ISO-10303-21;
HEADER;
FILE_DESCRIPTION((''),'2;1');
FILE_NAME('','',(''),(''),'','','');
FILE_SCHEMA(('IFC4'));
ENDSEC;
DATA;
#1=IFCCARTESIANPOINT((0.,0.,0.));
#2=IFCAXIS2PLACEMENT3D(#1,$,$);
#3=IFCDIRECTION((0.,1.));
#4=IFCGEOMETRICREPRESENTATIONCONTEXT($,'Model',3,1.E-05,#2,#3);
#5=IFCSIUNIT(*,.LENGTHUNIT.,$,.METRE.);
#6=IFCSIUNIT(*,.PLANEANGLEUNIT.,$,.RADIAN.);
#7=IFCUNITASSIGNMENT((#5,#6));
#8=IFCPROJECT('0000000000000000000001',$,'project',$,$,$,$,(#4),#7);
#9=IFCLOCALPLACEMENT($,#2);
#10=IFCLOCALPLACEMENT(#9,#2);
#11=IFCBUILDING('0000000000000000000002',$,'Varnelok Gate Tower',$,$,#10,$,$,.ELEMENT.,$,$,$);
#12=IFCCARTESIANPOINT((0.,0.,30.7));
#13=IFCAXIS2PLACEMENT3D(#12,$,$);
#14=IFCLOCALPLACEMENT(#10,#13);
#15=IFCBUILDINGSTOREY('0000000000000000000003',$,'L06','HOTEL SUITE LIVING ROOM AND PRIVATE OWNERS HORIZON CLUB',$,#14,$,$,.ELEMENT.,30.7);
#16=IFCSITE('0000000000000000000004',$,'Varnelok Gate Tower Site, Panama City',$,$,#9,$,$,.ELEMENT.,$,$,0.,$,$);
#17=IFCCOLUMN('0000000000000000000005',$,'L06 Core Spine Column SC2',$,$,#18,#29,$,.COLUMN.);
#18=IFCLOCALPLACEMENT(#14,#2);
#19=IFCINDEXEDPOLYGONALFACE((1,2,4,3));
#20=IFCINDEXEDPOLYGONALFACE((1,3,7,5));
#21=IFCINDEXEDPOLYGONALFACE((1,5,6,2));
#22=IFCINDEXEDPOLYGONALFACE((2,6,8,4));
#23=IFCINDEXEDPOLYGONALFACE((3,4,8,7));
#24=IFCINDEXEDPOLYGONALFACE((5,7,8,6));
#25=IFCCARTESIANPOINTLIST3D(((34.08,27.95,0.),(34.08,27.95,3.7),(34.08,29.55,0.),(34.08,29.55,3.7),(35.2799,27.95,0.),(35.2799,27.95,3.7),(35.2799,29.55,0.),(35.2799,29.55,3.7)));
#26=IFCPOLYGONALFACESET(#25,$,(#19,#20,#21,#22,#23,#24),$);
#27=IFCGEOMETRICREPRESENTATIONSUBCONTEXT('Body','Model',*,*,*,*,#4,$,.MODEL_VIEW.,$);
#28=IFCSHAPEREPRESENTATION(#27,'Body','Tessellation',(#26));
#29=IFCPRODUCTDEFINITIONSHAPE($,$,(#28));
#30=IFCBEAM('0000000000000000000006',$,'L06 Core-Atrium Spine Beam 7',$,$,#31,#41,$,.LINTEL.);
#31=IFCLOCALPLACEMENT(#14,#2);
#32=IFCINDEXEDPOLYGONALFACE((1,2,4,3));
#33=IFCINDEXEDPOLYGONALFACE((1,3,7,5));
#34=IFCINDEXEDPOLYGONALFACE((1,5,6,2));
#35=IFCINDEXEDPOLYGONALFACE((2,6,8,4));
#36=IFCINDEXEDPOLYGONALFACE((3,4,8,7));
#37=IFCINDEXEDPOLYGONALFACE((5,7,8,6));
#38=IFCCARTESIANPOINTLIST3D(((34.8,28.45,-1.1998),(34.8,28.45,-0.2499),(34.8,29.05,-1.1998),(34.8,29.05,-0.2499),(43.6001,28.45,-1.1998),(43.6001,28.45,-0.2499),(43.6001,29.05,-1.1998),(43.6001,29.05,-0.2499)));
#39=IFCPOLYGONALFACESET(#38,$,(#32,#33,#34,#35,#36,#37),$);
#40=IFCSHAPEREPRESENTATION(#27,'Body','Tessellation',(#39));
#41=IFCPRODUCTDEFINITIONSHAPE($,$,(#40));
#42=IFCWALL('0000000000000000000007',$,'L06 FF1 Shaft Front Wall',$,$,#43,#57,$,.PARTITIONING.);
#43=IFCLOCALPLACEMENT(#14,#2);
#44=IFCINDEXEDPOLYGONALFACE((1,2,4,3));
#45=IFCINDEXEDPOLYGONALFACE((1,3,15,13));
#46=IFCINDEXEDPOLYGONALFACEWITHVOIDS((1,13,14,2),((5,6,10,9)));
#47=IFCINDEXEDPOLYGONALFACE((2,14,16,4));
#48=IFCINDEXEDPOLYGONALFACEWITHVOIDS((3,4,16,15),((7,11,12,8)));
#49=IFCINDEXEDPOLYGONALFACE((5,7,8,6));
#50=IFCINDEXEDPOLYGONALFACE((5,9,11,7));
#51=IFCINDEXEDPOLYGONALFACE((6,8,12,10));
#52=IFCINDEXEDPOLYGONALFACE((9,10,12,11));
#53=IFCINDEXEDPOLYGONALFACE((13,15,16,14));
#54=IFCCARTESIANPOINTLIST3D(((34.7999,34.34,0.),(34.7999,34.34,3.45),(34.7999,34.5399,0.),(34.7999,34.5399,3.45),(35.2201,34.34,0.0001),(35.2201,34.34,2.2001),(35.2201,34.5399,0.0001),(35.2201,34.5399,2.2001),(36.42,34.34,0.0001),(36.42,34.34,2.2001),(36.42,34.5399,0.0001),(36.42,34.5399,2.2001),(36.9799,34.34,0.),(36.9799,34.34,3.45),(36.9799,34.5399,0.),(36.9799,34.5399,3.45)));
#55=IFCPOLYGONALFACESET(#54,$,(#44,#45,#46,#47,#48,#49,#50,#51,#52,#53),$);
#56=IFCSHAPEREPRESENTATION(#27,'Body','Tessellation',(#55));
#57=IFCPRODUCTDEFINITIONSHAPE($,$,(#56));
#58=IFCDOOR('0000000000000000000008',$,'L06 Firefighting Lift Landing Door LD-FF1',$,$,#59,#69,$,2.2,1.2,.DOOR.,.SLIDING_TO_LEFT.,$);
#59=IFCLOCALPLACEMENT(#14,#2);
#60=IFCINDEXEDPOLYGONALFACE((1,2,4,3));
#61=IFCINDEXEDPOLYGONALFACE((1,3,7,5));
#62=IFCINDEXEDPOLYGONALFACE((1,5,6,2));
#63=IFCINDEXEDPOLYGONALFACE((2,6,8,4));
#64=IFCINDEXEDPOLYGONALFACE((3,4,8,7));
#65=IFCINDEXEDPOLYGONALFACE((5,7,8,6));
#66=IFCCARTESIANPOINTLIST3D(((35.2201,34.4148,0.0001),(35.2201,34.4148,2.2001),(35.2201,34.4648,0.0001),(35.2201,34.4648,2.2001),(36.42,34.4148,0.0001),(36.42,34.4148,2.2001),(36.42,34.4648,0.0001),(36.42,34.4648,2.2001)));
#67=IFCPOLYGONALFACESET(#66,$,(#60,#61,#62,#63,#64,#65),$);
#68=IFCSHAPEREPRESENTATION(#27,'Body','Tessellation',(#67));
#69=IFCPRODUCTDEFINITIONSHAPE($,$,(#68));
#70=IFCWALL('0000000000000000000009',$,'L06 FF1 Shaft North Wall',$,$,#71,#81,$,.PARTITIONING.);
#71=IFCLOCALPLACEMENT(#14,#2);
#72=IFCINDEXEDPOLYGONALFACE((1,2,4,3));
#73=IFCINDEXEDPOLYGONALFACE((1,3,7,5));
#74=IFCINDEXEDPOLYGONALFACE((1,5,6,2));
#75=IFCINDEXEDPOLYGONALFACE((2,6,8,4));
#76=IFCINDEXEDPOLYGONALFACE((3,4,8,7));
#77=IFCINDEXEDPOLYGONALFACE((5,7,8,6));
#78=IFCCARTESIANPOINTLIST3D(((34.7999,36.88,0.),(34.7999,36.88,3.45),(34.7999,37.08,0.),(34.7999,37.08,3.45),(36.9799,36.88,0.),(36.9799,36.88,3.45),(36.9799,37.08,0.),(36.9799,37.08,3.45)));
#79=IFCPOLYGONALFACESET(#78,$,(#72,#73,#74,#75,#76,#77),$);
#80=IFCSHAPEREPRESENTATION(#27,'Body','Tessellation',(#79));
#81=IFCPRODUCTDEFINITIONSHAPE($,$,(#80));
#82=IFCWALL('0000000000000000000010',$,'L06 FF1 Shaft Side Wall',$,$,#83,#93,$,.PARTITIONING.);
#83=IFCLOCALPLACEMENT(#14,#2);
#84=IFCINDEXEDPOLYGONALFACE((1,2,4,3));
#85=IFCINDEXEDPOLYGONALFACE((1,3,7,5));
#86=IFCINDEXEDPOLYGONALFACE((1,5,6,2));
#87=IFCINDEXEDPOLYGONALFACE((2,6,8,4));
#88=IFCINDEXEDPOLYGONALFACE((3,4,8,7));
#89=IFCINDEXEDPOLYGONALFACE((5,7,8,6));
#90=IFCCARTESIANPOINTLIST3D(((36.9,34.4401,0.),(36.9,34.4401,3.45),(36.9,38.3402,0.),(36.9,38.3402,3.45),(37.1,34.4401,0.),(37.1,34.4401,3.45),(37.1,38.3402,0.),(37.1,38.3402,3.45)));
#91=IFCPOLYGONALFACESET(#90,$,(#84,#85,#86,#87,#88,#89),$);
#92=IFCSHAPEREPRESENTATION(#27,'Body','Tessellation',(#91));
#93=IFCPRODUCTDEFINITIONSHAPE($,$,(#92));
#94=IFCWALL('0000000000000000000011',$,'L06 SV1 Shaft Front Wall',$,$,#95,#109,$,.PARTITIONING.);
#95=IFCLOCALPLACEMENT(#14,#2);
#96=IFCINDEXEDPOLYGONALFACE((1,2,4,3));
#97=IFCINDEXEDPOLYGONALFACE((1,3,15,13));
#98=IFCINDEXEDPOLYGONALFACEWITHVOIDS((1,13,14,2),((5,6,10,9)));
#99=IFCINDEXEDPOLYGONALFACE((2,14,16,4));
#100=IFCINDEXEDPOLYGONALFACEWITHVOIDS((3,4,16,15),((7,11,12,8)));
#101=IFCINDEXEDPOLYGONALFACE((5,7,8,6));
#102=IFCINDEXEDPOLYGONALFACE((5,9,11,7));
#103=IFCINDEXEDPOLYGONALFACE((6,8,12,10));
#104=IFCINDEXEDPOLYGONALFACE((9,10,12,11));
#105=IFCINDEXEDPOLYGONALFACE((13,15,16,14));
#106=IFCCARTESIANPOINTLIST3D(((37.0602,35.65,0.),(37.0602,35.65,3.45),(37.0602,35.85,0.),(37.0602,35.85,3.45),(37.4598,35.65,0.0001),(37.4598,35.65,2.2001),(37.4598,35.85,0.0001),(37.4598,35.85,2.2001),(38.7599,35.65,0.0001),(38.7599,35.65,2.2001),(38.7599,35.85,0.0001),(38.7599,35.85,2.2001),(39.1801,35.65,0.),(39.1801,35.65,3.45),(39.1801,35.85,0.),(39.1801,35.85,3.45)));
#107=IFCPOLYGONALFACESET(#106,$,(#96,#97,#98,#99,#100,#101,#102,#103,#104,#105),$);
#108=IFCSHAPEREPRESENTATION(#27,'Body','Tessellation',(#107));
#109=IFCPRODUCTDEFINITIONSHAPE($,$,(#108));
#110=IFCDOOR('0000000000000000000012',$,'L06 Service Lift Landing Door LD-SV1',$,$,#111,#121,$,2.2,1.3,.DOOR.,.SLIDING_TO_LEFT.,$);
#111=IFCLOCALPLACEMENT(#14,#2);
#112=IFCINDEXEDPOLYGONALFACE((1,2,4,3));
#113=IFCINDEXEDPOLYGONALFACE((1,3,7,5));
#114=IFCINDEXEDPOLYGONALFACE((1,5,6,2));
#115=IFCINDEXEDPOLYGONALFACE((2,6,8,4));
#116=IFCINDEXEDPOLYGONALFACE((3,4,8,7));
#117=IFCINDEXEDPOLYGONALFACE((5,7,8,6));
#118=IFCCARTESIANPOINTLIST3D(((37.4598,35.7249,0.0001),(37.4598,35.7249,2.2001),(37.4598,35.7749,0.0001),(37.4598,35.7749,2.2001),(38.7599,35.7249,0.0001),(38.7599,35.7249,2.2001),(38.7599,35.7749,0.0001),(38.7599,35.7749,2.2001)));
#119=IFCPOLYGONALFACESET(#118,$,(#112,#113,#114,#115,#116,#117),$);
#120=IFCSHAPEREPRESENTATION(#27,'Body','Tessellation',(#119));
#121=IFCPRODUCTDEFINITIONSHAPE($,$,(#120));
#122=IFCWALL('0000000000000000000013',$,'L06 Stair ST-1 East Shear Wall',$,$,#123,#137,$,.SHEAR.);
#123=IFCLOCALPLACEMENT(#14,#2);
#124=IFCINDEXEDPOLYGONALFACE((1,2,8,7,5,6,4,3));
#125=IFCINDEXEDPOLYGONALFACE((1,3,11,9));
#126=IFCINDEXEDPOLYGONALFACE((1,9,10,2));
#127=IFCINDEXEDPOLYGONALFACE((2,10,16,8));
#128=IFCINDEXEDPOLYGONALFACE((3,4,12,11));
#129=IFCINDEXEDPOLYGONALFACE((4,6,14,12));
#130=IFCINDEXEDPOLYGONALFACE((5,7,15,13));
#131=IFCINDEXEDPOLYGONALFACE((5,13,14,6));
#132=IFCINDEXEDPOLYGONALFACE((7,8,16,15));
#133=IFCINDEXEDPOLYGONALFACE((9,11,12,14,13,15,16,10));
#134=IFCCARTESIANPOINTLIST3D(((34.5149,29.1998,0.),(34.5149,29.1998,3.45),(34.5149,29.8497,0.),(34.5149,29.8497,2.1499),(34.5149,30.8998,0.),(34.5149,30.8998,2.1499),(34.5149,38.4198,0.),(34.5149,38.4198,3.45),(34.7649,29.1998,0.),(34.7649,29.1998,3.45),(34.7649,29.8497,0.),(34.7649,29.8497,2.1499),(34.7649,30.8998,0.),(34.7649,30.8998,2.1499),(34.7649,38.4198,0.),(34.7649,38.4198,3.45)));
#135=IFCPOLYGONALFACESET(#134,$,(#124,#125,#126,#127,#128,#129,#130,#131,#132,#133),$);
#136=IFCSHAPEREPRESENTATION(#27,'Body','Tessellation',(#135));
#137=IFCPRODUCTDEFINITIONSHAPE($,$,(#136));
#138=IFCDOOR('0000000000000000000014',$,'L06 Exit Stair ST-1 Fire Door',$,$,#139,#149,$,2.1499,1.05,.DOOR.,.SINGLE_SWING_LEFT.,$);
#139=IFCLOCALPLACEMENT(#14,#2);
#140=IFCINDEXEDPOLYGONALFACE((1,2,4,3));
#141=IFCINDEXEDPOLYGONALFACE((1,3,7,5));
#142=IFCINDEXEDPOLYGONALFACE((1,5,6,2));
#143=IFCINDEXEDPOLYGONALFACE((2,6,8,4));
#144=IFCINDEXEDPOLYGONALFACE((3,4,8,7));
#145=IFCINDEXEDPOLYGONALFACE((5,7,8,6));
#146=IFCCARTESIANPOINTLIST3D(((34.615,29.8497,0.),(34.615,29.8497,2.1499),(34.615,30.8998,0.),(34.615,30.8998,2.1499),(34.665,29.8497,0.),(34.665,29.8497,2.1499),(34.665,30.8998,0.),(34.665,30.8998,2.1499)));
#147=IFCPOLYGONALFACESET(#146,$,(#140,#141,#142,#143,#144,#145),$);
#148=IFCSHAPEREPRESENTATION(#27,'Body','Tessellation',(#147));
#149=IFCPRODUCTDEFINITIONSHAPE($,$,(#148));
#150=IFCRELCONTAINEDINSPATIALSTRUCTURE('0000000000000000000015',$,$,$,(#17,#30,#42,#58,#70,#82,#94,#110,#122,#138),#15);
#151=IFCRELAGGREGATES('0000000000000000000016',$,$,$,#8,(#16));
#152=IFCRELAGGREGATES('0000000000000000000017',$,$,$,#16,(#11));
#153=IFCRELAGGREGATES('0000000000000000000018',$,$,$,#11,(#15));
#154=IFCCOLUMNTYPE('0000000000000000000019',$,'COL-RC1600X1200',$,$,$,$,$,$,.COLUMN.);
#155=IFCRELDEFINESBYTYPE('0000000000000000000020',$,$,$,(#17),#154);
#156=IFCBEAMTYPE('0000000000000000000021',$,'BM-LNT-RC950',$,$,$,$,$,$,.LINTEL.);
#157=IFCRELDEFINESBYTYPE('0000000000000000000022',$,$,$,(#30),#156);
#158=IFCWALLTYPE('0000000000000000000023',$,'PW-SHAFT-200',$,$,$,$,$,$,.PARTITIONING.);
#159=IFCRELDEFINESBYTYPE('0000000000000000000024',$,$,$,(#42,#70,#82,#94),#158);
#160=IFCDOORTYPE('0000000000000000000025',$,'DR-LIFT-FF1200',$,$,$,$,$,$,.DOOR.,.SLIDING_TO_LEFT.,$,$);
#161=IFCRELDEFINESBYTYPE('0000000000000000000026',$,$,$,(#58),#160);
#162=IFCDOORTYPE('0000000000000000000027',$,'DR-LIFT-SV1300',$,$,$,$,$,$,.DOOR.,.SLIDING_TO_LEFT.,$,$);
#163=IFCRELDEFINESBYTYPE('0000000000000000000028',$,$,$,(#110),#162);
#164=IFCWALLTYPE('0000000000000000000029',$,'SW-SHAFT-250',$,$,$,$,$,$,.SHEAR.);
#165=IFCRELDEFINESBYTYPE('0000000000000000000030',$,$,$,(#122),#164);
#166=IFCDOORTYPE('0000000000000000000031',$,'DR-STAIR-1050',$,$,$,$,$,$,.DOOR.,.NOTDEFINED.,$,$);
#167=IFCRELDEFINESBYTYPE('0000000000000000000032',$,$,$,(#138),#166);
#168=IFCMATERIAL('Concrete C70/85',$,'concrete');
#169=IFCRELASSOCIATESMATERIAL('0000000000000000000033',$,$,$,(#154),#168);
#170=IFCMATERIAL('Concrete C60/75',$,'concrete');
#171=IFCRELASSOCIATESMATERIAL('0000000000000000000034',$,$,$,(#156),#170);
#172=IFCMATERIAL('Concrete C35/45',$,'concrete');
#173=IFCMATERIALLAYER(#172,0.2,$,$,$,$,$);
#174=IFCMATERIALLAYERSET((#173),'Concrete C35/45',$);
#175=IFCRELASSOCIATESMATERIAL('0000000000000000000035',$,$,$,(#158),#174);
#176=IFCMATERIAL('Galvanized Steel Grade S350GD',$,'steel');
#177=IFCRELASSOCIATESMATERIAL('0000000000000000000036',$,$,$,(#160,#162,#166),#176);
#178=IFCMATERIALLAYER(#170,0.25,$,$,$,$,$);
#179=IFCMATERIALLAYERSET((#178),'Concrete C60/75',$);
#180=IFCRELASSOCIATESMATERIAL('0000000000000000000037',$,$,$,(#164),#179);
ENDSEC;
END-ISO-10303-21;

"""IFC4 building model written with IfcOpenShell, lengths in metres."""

from ifc_helpers import new_model, si_unit, direction, frame, frame_2d, origin, origin_2d, place, context, subcontext, project, spatial, rectangle, extrude, material, layer, layer_set, material_profile, profile_set, type_object, element, fill, save


model = new_model("IFC4")

# Units and contexts
model_context = context("Model", 3, precision=1e-05, world=origin(), true_north=direction((0.0, 1.0)))
body_context = subcontext(model_context, "Body", "Model", "MODEL_VIEW")
ifc_project = project(units=[si_unit("LENGTHUNIT", "METRE"), si_unit("PLANEANGLEUNIT", "RADIAN")], contexts=[model_context])

# Site, building, storey
site_placement = place(None, origin())
site = spatial("IfcSite", under=ifc_project, at=site_placement, Name="Varnelok Gate Tower Site, Panama City", CompositionType="ELEMENT", RefElevation=0.0)
building_placement = place(site_placement, origin())
building = spatial("IfcBuilding", under=site, at=building_placement, Name="Varnelok Gate Tower", CompositionType="ELEMENT")
storey_placement = place(building_placement, frame((0.0, 0.0, 30.7)))
storey = spatial("IfcBuildingStorey", under=building, at=storey_placement, Name="L06", Description="HOTEL SUITE LIVING ROOM AND PRIVATE OWNERS HORIZON CLUB", CompositionType="ELEMENT", Elevation=30.7)

# Column
ifc_material_1 = material(Name="Concrete C70/85", Category="concrete")
ifc_material_profile_1 = material_profile(ifc_material_1, rectangle(XDim=1.2, YDim=1.6001, at=origin_2d()), Name="RC1600X1200")
ifc_profile_set_1 = profile_set([ifc_material_profile_1], Name="Concrete C70/85")
column_type = type_object("IfcColumnType", Name="COL-RC1600X1200", PredefinedType="COLUMN", material=ifc_profile_set_1)
column_placement = place(storey_placement, frame((34.6799, 28.75, 0.0), z_axis=(0.0, 0.0, 1.0), x_axis=(1.0, 0.0, 0.0)))
element("IfcColumn", 1, at=column_placement, inside=storey, type_object=column_type, Name="L06 Core Spine Column SC2", PredefinedType="COLUMN", context=body_context, shape_type="SweptSolid", body=[
    extrude(rectangle(XDim=1.2, YDim=1.6001, at=origin_2d()), origin(), (0.0, 0.0, 1.0), 3.7),
])

# Beam
ifc_material_2 = material(Name="Concrete C60/75", Category="concrete")
ifc_material_profile_2 = material_profile(ifc_material_2, rectangle(XDim=0.6001, YDim=0.95, at=origin_2d()), Name="RC950X600")
ifc_profile_set_2 = profile_set([ifc_material_profile_2], Name="Concrete C60/75")
beam_type = type_object("IfcBeamType", Name="BM-LNT-RC950", PredefinedType="LINTEL", material=ifc_profile_set_2)
beam_placement = place(storey_placement, frame((34.8, 28.75, -0.7249), z_axis=(1.0, 0.0, 0.0), x_axis=(0.0, 1.0, 0.0)))
element("IfcBeam", 2, at=beam_placement, inside=storey, type_object=beam_type, Name="L06 Core-Atrium Spine Beam 7", PredefinedType="LINTEL", context=body_context, shape_type="SweptSolid", body=[
    extrude(rectangle(XDim=0.6001, YDim=0.95, at=origin_2d()), origin(), (0.0, 0.0, 1.0), 8.8),
])

# Wall, opening, door
ifc_material_3 = material(Name="Concrete C35/45", Category="concrete")
ifc_layer_1 = layer(ifc_material_3, 0.2)
ifc_layer_set_1 = layer_set([ifc_layer_1], Name="Concrete C35/45")
wall_type_1 = type_object("IfcWallType", Name="PW-SHAFT-200", PredefinedType="PARTITIONING", material=ifc_layer_set_1)
wall_1_placement = place(storey_placement, frame((34.8, 34.4399, 0.0), z_axis=(0.0, 0.0, 1.0), x_axis=(1.0, 0.0, 0.0)))
wall_1 = element("IfcWall", 3, at=wall_1_placement, inside=storey, type_object=wall_type_1, Name="L06 FF1 Shaft Front Wall", PredefinedType="PARTITIONING", context=body_context, shape_type="SweptSolid", body=[
    extrude(rectangle(XDim=2.1799, YDim=0.2, at=frame_2d((1.0898, 0.0))), origin(), (0.0, 0.0, 1.0), 3.45),
])
opening_1_placement = place(wall_1_placement, frame((0.4199, 0.0, 0.0)))
opening_1 = element("IfcOpeningElement", 4, at=opening_1_placement, cuts=wall_1, PredefinedType="OPENING", context=body_context, shape_type="SweptSolid", body=[
    extrude(rectangle(XDim=1.2, YDim=2.2, at=frame_2d((0.6001, 1.1001))), frame((0.0, 0.1099, 0.0), z_axis=(0.0, -1.0, 0.0), x_axis=(1.0, 0.0, 0.0)), (0.0, 0.0, 1.0), 0.22),
])
ifc_material_4 = material(Name="Galvanized Steel Grade S350GD", Category="steel")
door_type_1 = type_object("IfcDoorType", Name="DR-LIFT-FF1200", OperationType="SLIDING_TO_LEFT", PredefinedType="DOOR", material=ifc_material_4)
door_1_placement = place(opening_1_placement, origin())
door_1 = element("IfcDoor", 5, at=door_1_placement, inside=storey, type_object=door_type_1, Name="L06 Firefighting Lift Landing Door LD-FF1", OperationType="SLIDING_TO_LEFT", OverallHeight=2.2, OverallWidth=1.2, PredefinedType="DOOR", context=body_context, shape_type="SweptSolid", body=[
    extrude(rectangle(XDim=1.2, YDim=2.2, at=frame_2d((0.6001, 1.1001))), frame((0.0, 0.0249, 0.0), z_axis=(0.0, -1.0, 0.0), x_axis=(1.0, 0.0, 0.0)), (0.0, 0.0, 1.0), 0.05),
])
fill(opening_1, door_1)

# Walls
wall_2_placement = place(storey_placement, frame((34.8, 36.98, 0.0), z_axis=(0.0, 0.0, 1.0), x_axis=(1.0, 0.0, 0.0)))
element("IfcWall", 6, at=wall_2_placement, inside=storey, type_object=wall_type_1, Name="L06 FF1 Shaft North Wall", PredefinedType="PARTITIONING", context=body_context, shape_type="SweptSolid", body=[
    extrude(rectangle(XDim=2.1799, YDim=0.2, at=frame_2d((1.0898, 0.0))), origin(), (0.0, 0.0, 1.0), 3.45),
])
wall_3_placement = place(storey_placement, frame((37.0, 34.4399, 0.0), z_axis=(0.0, 0.0, 1.0), x_axis=(0.0, 1.0, 0.0)))
element("IfcWall", 7, at=wall_3_placement, inside=storey, type_object=wall_type_1, Name="L06 FF1 Shaft Side Wall", PredefinedType="PARTITIONING", context=body_context, shape_type="SweptSolid", body=[
    extrude(rectangle(XDim=3.9001, YDim=0.2, at=frame_2d((1.9502, 0.0))), origin(), (0.0, 0.0, 1.0), 3.45),
])

# Walls, openings, doors
wall_4_placement = place(storey_placement, frame((37.0601, 35.75, 0.0), z_axis=(0.0, 0.0, 1.0), x_axis=(1.0, 0.0, 0.0)))
wall_4 = element("IfcWall", 8, at=wall_4_placement, inside=storey, type_object=wall_type_1, Name="L06 SV1 Shaft Front Wall", PredefinedType="PARTITIONING", context=body_context, shape_type="SweptSolid", body=[
    extrude(rectangle(XDim=2.1199, YDim=0.2, at=frame_2d((1.0601, 0.0))), origin(), (0.0, 0.0, 1.0), 3.45),
])
opening_2_placement = place(wall_4_placement, frame((0.3999, 0.0, 0.0)))
opening_2 = element("IfcOpeningElement", 9, at=opening_2_placement, cuts=wall_4, PredefinedType="OPENING", context=body_context, shape_type="SweptSolid", body=[
    extrude(rectangle(XDim=1.3, YDim=2.2, at=frame_2d((0.6499, 1.1001))), frame((0.0, 0.1099, 0.0), z_axis=(0.0, -1.0, 0.0), x_axis=(1.0, 0.0, 0.0)), (0.0, 0.0, 1.0), 0.22),
])
door_type_2 = type_object("IfcDoorType", Name="DR-LIFT-SV1300", OperationType="SLIDING_TO_LEFT", PredefinedType="DOOR", material=ifc_material_4)
door_2_placement = place(opening_2_placement, origin())
door_2 = element("IfcDoor", 10, at=door_2_placement, inside=storey, type_object=door_type_2, Name="L06 Service Lift Landing Door LD-SV1", OperationType="SLIDING_TO_LEFT", OverallHeight=2.2, OverallWidth=1.3, PredefinedType="DOOR", context=body_context, shape_type="SweptSolid", body=[
    extrude(rectangle(XDim=1.3, YDim=2.2, at=frame_2d((0.6499, 1.1001))), frame((0.0, 0.0249, 0.0), z_axis=(0.0, -1.0, 0.0), x_axis=(1.0, 0.0, 0.0)), (0.0, 0.0, 1.0), 0.05),
])
fill(opening_2, door_2)
ifc_layer_2 = layer(ifc_material_2, 0.25)
ifc_layer_set_2 = layer_set([ifc_layer_2], Name="Concrete C60/75")
wall_type_2 = type_object("IfcWallType", Name="SW-SHAFT-250", PredefinedType="SHEAR", material=ifc_layer_set_2)
wall_5_placement = place(storey_placement, frame((34.6399, 29.2, 0.0), z_axis=(0.0, 0.0, 1.0), x_axis=(0.0, 1.0, 0.0)))
wall_5 = element("IfcWall", 11, at=wall_5_placement, inside=storey, type_object=wall_type_2, Name="L06 Stair ST-1 East Shear Wall", PredefinedType="SHEAR", context=body_context, shape_type="SweptSolid", body=[
    extrude(rectangle(XDim=9.22, YDim=0.25, at=frame_2d((4.6099, 0.0))), origin(), (0.0, 0.0, 1.0), 3.45),
])
opening_3_placement = place(wall_5_placement, frame((0.6499, 0.0, 0.0)))
opening_3 = element("IfcOpeningElement", 12, at=opening_3_placement, cuts=wall_5, PredefinedType="OPENING", context=body_context, shape_type="SweptSolid", body=[
    extrude(rectangle(XDim=1.05, YDim=2.1499, at=frame_2d((0.5249, 1.075))), frame((0.0, 0.135, 0.0), z_axis=(0.0, -1.0, 0.0), x_axis=(1.0, 0.0, 0.0)), (0.0, 0.0, 1.0), 0.27),
])
door_type_3 = type_object("IfcDoorType", Name="DR-STAIR-1050", OperationType="NOTDEFINED", PredefinedType="DOOR", material=ifc_material_4)
door_3_placement = place(opening_3_placement, origin())
door_3 = element("IfcDoor", 13, at=door_3_placement, inside=storey, type_object=door_type_3, Name="L06 Exit Stair ST-1 Fire Door", OperationType="SINGLE_SWING_LEFT", OverallHeight=2.1499, OverallWidth=1.05, PredefinedType="DOOR", context=body_context, shape_type="SweptSolid", body=[
    extrude(rectangle(XDim=1.05, YDim=2.1499, at=frame_2d((0.5249, 1.075))), frame((0.0, 0.0249, 0.0), z_axis=(0.0, -1.0, 0.0), x_axis=(1.0, 0.0, 0.0)), (0.0, 0.0, 1.0), 0.05),
])
fill(opening_3, door_3)

save(model, "model.ifc")
